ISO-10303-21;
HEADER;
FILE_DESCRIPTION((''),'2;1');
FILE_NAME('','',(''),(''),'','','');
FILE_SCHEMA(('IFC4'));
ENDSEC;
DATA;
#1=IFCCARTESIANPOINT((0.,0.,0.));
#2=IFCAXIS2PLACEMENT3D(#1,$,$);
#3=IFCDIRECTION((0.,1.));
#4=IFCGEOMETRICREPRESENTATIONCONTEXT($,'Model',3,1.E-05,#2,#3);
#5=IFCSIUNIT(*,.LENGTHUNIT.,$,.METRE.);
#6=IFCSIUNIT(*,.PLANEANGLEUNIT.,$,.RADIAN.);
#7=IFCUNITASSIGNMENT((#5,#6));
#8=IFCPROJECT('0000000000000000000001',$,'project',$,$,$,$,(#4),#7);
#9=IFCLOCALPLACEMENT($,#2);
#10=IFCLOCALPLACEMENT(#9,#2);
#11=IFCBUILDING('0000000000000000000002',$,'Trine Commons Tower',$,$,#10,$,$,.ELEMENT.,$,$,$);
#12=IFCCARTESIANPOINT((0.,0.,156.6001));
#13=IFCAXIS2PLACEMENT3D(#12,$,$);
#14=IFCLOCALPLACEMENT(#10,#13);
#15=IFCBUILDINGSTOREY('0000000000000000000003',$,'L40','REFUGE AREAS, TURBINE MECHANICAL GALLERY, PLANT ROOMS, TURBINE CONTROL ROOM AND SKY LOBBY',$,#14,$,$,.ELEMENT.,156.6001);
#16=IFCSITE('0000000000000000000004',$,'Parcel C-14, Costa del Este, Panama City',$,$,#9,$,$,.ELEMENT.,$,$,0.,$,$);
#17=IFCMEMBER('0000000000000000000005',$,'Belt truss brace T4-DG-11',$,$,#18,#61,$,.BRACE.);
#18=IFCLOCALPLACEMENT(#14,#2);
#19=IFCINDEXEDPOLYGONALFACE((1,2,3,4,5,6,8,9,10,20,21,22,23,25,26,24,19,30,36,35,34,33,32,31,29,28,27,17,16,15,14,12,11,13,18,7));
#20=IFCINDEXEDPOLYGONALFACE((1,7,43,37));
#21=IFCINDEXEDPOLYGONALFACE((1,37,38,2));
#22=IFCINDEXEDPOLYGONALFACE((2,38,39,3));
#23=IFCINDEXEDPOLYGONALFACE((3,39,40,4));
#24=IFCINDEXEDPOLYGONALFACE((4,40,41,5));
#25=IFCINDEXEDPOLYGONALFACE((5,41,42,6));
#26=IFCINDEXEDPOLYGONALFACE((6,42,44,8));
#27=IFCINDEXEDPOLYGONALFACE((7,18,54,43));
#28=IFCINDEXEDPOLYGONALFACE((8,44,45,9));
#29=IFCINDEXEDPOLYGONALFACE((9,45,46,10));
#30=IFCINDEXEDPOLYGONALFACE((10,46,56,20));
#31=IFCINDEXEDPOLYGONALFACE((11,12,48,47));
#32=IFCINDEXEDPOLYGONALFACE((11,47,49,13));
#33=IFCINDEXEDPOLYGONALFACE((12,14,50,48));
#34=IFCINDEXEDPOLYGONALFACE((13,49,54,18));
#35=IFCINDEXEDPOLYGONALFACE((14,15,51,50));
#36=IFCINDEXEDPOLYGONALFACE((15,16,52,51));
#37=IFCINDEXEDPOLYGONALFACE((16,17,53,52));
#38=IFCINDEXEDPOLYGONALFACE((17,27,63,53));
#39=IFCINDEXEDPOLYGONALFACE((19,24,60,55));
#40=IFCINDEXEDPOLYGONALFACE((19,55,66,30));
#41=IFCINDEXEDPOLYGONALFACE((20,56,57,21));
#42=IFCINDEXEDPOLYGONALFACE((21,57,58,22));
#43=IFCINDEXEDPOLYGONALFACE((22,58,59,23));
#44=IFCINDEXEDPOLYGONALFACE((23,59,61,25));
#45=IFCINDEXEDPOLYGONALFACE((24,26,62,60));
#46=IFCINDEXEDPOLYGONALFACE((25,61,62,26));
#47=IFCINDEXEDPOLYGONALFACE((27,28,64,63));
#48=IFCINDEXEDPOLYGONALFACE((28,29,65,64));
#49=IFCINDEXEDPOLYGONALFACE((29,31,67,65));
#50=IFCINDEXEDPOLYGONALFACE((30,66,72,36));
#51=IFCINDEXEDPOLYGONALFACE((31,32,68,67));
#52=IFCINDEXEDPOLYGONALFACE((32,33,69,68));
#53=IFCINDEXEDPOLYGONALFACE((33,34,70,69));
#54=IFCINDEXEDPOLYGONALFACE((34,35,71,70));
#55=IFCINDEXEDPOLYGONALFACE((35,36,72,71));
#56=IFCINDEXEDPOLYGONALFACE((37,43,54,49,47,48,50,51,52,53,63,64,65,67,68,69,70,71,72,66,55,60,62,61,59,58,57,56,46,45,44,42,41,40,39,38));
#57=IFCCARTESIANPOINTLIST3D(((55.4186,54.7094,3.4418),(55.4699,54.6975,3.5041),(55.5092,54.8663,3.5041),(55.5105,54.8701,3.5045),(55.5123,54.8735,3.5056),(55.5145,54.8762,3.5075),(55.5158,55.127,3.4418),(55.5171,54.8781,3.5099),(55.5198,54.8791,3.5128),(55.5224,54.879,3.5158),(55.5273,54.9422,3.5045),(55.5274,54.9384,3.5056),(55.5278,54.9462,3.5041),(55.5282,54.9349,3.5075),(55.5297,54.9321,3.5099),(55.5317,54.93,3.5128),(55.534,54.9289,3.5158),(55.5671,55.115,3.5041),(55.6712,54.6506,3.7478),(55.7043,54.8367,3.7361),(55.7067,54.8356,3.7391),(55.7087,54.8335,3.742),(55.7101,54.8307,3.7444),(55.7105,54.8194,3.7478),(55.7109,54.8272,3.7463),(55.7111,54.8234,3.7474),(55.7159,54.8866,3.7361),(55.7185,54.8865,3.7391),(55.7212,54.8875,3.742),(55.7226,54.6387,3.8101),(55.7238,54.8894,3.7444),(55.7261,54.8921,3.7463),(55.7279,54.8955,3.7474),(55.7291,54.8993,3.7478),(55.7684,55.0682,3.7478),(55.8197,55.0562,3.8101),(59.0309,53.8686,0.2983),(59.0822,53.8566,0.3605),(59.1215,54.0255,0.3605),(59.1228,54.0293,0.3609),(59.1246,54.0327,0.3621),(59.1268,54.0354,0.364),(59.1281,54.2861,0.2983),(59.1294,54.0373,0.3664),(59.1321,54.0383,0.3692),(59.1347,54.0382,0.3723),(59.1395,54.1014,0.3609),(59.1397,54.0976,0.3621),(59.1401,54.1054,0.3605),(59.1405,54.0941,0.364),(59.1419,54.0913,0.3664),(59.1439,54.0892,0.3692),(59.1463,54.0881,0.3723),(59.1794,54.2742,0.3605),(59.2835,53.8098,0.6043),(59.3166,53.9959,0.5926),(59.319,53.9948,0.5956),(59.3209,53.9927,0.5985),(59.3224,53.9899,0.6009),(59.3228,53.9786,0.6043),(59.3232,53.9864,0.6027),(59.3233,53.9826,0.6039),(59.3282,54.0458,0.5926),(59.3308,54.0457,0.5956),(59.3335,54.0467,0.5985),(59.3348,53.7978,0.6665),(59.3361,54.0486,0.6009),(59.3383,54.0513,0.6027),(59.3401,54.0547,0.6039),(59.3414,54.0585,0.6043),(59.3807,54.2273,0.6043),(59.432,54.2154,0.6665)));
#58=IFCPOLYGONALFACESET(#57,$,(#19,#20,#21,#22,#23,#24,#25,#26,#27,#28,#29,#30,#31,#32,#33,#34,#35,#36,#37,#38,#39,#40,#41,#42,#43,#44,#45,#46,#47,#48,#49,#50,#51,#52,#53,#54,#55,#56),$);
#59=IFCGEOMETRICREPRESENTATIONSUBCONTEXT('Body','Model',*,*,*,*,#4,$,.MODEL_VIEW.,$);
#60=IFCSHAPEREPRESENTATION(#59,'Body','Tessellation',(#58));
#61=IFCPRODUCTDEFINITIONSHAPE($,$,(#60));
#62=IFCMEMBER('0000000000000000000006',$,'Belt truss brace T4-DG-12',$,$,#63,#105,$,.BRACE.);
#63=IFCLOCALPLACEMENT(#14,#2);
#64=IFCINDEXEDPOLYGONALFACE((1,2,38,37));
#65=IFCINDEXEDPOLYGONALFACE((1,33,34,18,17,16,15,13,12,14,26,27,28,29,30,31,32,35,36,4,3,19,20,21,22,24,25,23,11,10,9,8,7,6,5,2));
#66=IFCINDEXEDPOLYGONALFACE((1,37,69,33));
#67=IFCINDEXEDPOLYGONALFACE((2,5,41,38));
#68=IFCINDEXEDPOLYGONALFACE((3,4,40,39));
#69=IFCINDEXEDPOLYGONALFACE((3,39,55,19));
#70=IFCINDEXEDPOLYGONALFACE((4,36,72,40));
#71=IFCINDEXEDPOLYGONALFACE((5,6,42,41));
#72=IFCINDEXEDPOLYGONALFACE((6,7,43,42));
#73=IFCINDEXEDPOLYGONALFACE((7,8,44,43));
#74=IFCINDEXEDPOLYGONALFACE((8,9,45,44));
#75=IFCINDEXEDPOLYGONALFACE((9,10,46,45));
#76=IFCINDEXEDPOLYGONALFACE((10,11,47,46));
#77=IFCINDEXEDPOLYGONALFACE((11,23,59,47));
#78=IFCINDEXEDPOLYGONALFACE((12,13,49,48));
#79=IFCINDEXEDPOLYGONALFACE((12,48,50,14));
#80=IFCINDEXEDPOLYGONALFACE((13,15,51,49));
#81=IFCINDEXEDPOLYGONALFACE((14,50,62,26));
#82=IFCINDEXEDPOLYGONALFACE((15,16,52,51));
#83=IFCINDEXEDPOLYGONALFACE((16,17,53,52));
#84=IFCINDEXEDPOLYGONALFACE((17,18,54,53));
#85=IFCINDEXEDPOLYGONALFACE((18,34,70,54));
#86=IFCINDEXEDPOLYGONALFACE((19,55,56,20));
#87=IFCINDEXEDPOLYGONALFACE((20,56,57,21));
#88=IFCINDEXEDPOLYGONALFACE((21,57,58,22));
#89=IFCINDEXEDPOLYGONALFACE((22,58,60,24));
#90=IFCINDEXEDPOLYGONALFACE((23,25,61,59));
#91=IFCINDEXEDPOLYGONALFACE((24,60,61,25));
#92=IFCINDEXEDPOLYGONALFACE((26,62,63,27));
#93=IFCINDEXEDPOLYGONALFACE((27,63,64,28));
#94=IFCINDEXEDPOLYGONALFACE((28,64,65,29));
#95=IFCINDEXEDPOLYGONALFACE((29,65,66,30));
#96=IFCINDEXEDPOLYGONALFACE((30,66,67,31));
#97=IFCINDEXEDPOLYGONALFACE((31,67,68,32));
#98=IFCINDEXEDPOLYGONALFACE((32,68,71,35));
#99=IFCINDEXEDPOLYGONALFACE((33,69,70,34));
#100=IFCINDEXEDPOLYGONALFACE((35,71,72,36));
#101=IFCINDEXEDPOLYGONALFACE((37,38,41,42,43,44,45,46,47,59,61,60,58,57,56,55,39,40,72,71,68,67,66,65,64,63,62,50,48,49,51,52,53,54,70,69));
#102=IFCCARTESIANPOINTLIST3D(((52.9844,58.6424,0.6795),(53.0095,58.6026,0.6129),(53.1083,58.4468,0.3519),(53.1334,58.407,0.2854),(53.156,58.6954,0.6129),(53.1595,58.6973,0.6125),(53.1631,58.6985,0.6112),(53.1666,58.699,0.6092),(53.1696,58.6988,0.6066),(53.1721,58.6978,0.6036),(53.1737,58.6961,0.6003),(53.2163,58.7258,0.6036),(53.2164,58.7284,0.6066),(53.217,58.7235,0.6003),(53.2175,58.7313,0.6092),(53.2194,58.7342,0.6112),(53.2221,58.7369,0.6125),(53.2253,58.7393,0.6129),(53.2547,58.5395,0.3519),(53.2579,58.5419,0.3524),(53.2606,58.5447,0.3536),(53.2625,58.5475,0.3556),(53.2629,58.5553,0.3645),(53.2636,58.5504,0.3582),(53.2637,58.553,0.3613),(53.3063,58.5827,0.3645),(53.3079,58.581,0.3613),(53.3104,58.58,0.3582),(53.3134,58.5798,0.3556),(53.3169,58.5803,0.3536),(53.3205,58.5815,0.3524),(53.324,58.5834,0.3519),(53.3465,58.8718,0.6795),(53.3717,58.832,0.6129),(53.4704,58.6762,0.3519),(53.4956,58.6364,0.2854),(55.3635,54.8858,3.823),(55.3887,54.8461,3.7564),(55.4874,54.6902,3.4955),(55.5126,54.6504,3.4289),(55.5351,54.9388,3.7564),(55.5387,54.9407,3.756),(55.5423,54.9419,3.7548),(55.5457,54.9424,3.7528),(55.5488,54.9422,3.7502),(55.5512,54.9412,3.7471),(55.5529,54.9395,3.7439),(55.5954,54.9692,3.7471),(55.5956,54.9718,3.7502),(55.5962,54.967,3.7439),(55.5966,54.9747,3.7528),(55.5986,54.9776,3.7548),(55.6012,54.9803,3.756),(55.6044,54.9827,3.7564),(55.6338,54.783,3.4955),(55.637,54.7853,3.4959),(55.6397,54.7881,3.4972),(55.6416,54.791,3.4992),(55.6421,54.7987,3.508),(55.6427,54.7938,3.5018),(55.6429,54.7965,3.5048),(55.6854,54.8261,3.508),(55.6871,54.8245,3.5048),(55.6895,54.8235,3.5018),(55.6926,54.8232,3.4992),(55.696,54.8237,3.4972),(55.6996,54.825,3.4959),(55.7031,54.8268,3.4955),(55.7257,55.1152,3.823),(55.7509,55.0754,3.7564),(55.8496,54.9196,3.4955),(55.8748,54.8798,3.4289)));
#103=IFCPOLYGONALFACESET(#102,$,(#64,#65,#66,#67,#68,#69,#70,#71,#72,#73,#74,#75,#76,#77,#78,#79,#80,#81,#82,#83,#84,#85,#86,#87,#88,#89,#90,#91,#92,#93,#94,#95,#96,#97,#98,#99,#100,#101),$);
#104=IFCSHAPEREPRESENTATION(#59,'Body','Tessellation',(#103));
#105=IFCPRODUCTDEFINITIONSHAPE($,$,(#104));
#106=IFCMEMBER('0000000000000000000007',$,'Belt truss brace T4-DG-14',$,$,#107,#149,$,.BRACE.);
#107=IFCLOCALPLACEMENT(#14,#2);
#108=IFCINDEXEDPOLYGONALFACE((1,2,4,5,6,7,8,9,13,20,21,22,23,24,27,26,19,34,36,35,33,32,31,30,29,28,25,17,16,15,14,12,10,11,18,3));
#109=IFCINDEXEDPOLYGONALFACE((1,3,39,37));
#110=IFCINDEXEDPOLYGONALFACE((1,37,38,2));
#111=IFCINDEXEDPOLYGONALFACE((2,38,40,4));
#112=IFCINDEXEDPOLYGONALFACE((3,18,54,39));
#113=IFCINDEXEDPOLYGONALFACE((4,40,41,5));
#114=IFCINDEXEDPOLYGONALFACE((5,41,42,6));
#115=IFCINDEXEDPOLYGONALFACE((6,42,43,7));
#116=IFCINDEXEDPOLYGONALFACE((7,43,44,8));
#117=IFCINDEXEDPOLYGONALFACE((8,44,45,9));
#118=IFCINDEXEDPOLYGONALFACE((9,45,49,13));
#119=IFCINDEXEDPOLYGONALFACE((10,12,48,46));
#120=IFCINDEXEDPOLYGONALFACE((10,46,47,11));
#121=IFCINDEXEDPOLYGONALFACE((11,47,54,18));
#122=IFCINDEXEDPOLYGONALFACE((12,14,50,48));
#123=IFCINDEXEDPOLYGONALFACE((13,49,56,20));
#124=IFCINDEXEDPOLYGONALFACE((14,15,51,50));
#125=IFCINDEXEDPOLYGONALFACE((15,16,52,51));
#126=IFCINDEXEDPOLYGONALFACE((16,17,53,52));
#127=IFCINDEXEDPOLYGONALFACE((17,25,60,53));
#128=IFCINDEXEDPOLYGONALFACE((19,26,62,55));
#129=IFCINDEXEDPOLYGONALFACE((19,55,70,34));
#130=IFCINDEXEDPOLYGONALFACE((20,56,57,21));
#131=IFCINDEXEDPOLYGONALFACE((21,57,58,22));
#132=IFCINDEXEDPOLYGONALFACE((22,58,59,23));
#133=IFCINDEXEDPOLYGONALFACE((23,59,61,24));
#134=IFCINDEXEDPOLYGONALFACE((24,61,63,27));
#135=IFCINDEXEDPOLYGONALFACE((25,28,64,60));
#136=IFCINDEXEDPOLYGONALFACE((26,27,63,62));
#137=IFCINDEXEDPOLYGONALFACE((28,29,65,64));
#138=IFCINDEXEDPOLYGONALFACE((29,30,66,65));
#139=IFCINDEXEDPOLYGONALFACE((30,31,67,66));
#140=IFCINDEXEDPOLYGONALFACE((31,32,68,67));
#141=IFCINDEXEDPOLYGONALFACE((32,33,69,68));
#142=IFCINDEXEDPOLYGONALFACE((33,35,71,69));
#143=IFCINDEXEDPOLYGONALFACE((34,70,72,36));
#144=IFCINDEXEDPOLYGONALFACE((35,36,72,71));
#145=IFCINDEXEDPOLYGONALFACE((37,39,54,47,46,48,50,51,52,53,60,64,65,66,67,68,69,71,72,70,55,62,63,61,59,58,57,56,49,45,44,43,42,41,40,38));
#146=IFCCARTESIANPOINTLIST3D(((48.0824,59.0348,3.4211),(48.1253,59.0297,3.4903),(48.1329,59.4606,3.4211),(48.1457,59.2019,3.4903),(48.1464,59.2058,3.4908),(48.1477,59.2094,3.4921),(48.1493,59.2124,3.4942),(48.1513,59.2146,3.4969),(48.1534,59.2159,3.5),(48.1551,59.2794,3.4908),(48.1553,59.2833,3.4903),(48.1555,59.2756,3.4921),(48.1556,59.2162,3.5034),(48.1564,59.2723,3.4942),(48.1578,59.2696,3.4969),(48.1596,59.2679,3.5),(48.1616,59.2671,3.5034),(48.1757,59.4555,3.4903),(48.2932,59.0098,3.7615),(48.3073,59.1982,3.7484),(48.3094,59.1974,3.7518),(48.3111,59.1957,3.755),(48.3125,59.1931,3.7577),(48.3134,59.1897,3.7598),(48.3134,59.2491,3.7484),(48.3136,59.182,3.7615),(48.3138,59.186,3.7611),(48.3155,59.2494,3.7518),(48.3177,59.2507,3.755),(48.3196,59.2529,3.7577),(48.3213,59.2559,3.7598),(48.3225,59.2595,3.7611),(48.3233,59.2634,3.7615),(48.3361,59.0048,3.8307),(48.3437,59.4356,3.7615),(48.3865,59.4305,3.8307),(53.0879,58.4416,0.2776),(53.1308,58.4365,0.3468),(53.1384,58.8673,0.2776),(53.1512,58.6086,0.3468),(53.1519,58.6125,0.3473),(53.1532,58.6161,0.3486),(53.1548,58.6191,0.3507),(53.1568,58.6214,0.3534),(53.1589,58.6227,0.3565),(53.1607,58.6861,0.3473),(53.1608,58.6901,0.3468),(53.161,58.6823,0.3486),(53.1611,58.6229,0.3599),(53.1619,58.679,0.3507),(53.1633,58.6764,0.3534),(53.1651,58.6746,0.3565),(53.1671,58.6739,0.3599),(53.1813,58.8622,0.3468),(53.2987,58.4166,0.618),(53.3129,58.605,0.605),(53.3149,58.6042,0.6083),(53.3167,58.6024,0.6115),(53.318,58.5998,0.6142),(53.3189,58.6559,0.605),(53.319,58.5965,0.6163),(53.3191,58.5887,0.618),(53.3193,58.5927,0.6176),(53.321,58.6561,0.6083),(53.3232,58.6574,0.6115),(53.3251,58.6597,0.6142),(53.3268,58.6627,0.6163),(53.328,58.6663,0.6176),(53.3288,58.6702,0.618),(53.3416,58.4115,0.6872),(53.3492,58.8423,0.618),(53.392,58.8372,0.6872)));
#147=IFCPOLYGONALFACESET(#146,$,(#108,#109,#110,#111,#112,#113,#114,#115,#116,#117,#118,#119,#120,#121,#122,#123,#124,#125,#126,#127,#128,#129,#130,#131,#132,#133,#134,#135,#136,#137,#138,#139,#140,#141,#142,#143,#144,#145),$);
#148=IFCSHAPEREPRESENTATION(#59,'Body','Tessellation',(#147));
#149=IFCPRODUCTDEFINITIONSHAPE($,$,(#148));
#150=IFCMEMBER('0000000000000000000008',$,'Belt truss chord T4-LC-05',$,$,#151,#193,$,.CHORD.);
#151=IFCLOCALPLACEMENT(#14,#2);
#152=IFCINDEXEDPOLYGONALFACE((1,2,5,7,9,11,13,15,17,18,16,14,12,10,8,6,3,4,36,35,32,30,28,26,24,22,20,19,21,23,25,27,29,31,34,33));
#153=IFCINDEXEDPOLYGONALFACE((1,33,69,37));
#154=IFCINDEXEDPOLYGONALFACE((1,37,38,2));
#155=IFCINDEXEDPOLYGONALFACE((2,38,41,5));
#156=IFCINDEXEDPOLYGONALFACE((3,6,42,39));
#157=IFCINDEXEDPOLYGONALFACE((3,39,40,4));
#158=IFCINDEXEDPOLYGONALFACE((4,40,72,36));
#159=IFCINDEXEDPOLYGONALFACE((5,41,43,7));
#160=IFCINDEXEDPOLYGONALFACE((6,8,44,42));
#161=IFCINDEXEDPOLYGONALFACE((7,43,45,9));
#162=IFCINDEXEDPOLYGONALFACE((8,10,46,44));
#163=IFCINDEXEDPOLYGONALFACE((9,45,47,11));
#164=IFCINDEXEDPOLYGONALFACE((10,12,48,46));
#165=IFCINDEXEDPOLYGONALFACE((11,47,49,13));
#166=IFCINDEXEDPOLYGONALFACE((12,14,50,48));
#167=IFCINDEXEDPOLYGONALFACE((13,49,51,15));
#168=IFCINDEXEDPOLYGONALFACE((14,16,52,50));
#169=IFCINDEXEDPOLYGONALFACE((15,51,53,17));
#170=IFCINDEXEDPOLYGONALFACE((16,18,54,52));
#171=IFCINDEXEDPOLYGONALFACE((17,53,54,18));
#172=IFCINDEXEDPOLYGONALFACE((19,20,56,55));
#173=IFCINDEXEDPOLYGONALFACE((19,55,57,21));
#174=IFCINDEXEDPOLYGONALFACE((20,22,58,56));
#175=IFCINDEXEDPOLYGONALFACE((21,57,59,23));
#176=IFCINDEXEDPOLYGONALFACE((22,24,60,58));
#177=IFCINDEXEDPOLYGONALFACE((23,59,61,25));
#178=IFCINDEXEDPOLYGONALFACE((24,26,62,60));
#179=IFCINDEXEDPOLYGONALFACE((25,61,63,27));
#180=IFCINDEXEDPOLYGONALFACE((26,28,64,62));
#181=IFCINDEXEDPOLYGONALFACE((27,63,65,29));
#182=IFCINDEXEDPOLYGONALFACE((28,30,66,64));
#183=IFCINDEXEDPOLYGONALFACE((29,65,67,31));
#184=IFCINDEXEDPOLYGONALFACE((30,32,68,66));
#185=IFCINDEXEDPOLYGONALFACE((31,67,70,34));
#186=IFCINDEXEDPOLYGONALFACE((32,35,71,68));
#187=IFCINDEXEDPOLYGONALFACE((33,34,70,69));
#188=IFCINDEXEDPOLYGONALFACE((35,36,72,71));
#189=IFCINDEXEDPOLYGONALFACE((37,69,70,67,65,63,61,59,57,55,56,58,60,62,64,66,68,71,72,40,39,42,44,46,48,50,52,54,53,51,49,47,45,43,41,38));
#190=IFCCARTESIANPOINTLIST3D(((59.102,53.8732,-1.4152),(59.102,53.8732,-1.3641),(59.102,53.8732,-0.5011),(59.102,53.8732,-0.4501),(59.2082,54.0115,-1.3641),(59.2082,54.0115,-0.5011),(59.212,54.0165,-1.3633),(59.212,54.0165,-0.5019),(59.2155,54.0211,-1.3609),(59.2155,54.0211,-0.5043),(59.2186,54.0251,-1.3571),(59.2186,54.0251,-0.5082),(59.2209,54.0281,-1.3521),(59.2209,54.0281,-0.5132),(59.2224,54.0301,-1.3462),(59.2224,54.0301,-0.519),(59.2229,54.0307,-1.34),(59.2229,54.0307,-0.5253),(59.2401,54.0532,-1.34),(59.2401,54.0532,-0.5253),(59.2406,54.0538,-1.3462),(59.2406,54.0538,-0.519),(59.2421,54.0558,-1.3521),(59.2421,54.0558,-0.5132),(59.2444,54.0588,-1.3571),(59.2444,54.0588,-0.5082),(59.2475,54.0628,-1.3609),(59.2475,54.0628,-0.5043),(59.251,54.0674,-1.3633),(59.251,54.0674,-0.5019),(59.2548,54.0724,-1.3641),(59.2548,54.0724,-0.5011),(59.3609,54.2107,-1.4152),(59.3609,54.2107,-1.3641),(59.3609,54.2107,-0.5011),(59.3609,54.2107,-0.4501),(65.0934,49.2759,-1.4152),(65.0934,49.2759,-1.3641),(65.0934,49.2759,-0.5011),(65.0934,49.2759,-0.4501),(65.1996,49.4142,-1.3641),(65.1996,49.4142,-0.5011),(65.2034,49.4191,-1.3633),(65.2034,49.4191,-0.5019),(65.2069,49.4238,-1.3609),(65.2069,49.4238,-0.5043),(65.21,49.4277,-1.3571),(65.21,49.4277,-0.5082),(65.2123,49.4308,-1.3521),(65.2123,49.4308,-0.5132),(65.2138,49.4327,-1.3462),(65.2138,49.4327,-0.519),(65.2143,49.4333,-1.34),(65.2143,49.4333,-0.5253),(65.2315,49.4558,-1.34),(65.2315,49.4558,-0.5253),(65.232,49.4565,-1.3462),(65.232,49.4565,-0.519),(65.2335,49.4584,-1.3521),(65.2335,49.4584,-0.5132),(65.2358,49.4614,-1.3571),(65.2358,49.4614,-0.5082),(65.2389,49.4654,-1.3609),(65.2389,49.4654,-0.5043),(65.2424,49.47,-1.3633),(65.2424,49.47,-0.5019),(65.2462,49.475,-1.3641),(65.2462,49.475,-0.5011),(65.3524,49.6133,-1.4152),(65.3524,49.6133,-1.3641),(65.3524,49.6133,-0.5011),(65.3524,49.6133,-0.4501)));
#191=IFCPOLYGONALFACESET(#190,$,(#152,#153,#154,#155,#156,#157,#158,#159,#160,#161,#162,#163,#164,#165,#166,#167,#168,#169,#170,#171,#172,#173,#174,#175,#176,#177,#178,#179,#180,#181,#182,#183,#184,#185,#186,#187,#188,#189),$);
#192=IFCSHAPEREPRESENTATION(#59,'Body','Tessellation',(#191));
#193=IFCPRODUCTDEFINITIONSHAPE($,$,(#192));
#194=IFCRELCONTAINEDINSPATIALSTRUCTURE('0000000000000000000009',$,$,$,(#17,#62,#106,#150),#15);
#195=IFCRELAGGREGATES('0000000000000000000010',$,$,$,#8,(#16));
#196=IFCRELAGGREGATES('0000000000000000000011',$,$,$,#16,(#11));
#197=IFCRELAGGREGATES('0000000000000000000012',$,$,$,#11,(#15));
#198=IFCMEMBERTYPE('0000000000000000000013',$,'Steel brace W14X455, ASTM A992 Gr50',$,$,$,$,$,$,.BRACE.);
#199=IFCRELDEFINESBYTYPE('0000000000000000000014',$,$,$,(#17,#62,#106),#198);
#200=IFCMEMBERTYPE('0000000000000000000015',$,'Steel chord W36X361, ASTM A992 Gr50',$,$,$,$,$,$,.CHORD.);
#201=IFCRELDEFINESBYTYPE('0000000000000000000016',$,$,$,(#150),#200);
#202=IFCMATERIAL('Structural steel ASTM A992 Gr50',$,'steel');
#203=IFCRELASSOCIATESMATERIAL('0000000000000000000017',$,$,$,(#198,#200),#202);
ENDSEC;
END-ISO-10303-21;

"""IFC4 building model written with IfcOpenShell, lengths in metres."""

from ifc_helpers import new_model, si_unit, direction, frame, origin, origin_2d, place, context, subcontext, project, spatial, i_section, extrude, material, material_profile, profile_set, type_object, element, save


model = new_model("IFC4")

# Units and contexts
model_context = context("Model", 3, precision=1e-05, world=origin(), true_north=direction((0.0, 1.0)))
body_context = subcontext(model_context, "Body", "Model", "MODEL_VIEW")
ifc_project = project(units=[si_unit("LENGTHUNIT", "METRE"), si_unit("PLANEANGLEUNIT", "RADIAN")], contexts=[model_context])

# Site, building, storey
site_placement = place(None, origin())
site = spatial("IfcSite", under=ifc_project, at=site_placement, Name="Parcel C-14, Costa del Este, Panama City", CompositionType="ELEMENT", RefElevation=0.0)
building_placement = place(site_placement, origin())
building = spatial("IfcBuilding", under=site, at=building_placement, Name="Trine Commons Tower", CompositionType="ELEMENT")
storey_placement = place(building_placement, frame((0.0, 0.0, 156.6001)))
storey = spatial("IfcBuildingStorey", under=building, at=storey_placement, Name="L40", Description="REFUGE AREAS, TURBINE MECHANICAL GALLERY, PLANT ROOMS, TURBINE CONTROL ROOM AND SKY LOBBY", CompositionType="ELEMENT", Elevation=156.6001)

# Shared definitions
ifc_material_1 = material(Name="Structural steel ASTM A992 Gr50", Category="steel")

# Members
ifc_material_profile_1 = material_profile(ifc_material_1, i_section(OverallWidth=0.4287, OverallDepth=0.4827, WebThickness=0.0513, FlangeThickness=0.0815, FilletRadius=0.0154, at=origin_2d()), Name="W14X455")
ifc_profile_set_1 = profile_set([ifc_material_profile_1], Name="Structural steel ASTM A992 Gr50")
member_type_1 = type_object("IfcMemberType", Name="Steel brace W14X455, ASTM A992 Gr50", PredefinedType="BRACE", material=ifc_profile_set_1)
member_1_placement = place(storey_placement, frame((59.2314, 54.042, 0.4824), z_axis=(-0.742989, 0.172942, 0.646575), x_axis=(-0.226705, -0.973963, 0.0)))
element("IfcMember", 1, at=member_1_placement, inside=storey, type_object=member_type_1, Name="Belt truss brace T4-DG-11", PredefinedType="BRACE", context=body_context, shape_type="SweptSolid", body=[
    extrude(i_section(OverallWidth=0.4287, OverallDepth=0.4827, WebThickness=0.0513, FlangeThickness=0.0815, FilletRadius=0.0154, at=origin_2d()), origin(), (0.0, 0.0, 1.0), 4.8618),
])
member_2_placement = place(storey_placement, frame((53.24, 58.6394, 0.4824), z_axis=(0.436896, -0.689843, 0.577268), x_axis=(0.844822, 0.535048, 0.0)))
element("IfcMember", 2, at=member_2_placement, inside=storey, type_object=member_type_1, Name="Belt truss brace T4-DG-12", PredefinedType="BRACE", context=body_context, shape_type="SweptSolid", body=[
    extrude(i_section(OverallWidth=0.4287, OverallDepth=0.4827, WebThickness=0.0513, FlangeThickness=0.0815, FilletRadius=0.0154, at=origin_2d()), origin(), (0.0, 0.0, 1.0), 5.4456),
])
member_3_placement = place(storey_placement, frame((53.24, 58.6394, 0.4824), z_axis=(-0.842619, 0.099867, 0.529169), x_axis=(-0.117696, -0.99305, 0.0)))
element("IfcMember", 3, at=member_3_placement, inside=storey, type_object=member_type_1, Name="Belt truss brace T4-DG-14", PredefinedType="BRACE", context=body_context, shape_type="SweptSolid", body=[
    extrude(i_section(OverallWidth=0.4287, OverallDepth=0.4827, WebThickness=0.0513, FlangeThickness=0.0815, FilletRadius=0.0154, at=origin_2d()), origin(), (0.0, 0.0, 1.0), 5.9404),
])
ifc_material_profile_2 = material_profile(ifc_material_1, i_section(OverallWidth=0.4253, OverallDepth=0.9651, WebThickness=0.0283, FlangeThickness=0.051, FilletRadius=0.0242, at=origin_2d()), Name="W36X361")
ifc_profile_set_2 = profile_set([ifc_material_profile_2], Name="Structural steel ASTM A992 Gr50")
member_type_2 = type_object("IfcMemberType", Name="Steel chord W36X361, ASTM A992 Gr50", PredefinedType="CHORD", material=ifc_profile_set_2)
for number, where, z_axis, x_axis, name in (
    (4, (65.2229, 49.4446, -0.9326), (-0.793353, 0.608762, 0.0), (-0.608762, -0.793353, 0.0), "Belt truss chord T4-LC-05"),
):
    element("IfcMember", number, at=place(storey_placement, frame(where, z_axis=z_axis, x_axis=x_axis)), inside=storey, type_object=member_type_2, Name=name, PredefinedType="CHORD", context=body_context, shape_type="SweptSolid", body=[
        extrude(i_section(OverallWidth=0.4253, OverallDepth=0.9651, WebThickness=0.0283, FlangeThickness=0.051, FilletRadius=0.0242, at=origin_2d()), origin(), (0.0, 0.0, 1.0), 7.552),
    ])

save(model, "model.ifc")
